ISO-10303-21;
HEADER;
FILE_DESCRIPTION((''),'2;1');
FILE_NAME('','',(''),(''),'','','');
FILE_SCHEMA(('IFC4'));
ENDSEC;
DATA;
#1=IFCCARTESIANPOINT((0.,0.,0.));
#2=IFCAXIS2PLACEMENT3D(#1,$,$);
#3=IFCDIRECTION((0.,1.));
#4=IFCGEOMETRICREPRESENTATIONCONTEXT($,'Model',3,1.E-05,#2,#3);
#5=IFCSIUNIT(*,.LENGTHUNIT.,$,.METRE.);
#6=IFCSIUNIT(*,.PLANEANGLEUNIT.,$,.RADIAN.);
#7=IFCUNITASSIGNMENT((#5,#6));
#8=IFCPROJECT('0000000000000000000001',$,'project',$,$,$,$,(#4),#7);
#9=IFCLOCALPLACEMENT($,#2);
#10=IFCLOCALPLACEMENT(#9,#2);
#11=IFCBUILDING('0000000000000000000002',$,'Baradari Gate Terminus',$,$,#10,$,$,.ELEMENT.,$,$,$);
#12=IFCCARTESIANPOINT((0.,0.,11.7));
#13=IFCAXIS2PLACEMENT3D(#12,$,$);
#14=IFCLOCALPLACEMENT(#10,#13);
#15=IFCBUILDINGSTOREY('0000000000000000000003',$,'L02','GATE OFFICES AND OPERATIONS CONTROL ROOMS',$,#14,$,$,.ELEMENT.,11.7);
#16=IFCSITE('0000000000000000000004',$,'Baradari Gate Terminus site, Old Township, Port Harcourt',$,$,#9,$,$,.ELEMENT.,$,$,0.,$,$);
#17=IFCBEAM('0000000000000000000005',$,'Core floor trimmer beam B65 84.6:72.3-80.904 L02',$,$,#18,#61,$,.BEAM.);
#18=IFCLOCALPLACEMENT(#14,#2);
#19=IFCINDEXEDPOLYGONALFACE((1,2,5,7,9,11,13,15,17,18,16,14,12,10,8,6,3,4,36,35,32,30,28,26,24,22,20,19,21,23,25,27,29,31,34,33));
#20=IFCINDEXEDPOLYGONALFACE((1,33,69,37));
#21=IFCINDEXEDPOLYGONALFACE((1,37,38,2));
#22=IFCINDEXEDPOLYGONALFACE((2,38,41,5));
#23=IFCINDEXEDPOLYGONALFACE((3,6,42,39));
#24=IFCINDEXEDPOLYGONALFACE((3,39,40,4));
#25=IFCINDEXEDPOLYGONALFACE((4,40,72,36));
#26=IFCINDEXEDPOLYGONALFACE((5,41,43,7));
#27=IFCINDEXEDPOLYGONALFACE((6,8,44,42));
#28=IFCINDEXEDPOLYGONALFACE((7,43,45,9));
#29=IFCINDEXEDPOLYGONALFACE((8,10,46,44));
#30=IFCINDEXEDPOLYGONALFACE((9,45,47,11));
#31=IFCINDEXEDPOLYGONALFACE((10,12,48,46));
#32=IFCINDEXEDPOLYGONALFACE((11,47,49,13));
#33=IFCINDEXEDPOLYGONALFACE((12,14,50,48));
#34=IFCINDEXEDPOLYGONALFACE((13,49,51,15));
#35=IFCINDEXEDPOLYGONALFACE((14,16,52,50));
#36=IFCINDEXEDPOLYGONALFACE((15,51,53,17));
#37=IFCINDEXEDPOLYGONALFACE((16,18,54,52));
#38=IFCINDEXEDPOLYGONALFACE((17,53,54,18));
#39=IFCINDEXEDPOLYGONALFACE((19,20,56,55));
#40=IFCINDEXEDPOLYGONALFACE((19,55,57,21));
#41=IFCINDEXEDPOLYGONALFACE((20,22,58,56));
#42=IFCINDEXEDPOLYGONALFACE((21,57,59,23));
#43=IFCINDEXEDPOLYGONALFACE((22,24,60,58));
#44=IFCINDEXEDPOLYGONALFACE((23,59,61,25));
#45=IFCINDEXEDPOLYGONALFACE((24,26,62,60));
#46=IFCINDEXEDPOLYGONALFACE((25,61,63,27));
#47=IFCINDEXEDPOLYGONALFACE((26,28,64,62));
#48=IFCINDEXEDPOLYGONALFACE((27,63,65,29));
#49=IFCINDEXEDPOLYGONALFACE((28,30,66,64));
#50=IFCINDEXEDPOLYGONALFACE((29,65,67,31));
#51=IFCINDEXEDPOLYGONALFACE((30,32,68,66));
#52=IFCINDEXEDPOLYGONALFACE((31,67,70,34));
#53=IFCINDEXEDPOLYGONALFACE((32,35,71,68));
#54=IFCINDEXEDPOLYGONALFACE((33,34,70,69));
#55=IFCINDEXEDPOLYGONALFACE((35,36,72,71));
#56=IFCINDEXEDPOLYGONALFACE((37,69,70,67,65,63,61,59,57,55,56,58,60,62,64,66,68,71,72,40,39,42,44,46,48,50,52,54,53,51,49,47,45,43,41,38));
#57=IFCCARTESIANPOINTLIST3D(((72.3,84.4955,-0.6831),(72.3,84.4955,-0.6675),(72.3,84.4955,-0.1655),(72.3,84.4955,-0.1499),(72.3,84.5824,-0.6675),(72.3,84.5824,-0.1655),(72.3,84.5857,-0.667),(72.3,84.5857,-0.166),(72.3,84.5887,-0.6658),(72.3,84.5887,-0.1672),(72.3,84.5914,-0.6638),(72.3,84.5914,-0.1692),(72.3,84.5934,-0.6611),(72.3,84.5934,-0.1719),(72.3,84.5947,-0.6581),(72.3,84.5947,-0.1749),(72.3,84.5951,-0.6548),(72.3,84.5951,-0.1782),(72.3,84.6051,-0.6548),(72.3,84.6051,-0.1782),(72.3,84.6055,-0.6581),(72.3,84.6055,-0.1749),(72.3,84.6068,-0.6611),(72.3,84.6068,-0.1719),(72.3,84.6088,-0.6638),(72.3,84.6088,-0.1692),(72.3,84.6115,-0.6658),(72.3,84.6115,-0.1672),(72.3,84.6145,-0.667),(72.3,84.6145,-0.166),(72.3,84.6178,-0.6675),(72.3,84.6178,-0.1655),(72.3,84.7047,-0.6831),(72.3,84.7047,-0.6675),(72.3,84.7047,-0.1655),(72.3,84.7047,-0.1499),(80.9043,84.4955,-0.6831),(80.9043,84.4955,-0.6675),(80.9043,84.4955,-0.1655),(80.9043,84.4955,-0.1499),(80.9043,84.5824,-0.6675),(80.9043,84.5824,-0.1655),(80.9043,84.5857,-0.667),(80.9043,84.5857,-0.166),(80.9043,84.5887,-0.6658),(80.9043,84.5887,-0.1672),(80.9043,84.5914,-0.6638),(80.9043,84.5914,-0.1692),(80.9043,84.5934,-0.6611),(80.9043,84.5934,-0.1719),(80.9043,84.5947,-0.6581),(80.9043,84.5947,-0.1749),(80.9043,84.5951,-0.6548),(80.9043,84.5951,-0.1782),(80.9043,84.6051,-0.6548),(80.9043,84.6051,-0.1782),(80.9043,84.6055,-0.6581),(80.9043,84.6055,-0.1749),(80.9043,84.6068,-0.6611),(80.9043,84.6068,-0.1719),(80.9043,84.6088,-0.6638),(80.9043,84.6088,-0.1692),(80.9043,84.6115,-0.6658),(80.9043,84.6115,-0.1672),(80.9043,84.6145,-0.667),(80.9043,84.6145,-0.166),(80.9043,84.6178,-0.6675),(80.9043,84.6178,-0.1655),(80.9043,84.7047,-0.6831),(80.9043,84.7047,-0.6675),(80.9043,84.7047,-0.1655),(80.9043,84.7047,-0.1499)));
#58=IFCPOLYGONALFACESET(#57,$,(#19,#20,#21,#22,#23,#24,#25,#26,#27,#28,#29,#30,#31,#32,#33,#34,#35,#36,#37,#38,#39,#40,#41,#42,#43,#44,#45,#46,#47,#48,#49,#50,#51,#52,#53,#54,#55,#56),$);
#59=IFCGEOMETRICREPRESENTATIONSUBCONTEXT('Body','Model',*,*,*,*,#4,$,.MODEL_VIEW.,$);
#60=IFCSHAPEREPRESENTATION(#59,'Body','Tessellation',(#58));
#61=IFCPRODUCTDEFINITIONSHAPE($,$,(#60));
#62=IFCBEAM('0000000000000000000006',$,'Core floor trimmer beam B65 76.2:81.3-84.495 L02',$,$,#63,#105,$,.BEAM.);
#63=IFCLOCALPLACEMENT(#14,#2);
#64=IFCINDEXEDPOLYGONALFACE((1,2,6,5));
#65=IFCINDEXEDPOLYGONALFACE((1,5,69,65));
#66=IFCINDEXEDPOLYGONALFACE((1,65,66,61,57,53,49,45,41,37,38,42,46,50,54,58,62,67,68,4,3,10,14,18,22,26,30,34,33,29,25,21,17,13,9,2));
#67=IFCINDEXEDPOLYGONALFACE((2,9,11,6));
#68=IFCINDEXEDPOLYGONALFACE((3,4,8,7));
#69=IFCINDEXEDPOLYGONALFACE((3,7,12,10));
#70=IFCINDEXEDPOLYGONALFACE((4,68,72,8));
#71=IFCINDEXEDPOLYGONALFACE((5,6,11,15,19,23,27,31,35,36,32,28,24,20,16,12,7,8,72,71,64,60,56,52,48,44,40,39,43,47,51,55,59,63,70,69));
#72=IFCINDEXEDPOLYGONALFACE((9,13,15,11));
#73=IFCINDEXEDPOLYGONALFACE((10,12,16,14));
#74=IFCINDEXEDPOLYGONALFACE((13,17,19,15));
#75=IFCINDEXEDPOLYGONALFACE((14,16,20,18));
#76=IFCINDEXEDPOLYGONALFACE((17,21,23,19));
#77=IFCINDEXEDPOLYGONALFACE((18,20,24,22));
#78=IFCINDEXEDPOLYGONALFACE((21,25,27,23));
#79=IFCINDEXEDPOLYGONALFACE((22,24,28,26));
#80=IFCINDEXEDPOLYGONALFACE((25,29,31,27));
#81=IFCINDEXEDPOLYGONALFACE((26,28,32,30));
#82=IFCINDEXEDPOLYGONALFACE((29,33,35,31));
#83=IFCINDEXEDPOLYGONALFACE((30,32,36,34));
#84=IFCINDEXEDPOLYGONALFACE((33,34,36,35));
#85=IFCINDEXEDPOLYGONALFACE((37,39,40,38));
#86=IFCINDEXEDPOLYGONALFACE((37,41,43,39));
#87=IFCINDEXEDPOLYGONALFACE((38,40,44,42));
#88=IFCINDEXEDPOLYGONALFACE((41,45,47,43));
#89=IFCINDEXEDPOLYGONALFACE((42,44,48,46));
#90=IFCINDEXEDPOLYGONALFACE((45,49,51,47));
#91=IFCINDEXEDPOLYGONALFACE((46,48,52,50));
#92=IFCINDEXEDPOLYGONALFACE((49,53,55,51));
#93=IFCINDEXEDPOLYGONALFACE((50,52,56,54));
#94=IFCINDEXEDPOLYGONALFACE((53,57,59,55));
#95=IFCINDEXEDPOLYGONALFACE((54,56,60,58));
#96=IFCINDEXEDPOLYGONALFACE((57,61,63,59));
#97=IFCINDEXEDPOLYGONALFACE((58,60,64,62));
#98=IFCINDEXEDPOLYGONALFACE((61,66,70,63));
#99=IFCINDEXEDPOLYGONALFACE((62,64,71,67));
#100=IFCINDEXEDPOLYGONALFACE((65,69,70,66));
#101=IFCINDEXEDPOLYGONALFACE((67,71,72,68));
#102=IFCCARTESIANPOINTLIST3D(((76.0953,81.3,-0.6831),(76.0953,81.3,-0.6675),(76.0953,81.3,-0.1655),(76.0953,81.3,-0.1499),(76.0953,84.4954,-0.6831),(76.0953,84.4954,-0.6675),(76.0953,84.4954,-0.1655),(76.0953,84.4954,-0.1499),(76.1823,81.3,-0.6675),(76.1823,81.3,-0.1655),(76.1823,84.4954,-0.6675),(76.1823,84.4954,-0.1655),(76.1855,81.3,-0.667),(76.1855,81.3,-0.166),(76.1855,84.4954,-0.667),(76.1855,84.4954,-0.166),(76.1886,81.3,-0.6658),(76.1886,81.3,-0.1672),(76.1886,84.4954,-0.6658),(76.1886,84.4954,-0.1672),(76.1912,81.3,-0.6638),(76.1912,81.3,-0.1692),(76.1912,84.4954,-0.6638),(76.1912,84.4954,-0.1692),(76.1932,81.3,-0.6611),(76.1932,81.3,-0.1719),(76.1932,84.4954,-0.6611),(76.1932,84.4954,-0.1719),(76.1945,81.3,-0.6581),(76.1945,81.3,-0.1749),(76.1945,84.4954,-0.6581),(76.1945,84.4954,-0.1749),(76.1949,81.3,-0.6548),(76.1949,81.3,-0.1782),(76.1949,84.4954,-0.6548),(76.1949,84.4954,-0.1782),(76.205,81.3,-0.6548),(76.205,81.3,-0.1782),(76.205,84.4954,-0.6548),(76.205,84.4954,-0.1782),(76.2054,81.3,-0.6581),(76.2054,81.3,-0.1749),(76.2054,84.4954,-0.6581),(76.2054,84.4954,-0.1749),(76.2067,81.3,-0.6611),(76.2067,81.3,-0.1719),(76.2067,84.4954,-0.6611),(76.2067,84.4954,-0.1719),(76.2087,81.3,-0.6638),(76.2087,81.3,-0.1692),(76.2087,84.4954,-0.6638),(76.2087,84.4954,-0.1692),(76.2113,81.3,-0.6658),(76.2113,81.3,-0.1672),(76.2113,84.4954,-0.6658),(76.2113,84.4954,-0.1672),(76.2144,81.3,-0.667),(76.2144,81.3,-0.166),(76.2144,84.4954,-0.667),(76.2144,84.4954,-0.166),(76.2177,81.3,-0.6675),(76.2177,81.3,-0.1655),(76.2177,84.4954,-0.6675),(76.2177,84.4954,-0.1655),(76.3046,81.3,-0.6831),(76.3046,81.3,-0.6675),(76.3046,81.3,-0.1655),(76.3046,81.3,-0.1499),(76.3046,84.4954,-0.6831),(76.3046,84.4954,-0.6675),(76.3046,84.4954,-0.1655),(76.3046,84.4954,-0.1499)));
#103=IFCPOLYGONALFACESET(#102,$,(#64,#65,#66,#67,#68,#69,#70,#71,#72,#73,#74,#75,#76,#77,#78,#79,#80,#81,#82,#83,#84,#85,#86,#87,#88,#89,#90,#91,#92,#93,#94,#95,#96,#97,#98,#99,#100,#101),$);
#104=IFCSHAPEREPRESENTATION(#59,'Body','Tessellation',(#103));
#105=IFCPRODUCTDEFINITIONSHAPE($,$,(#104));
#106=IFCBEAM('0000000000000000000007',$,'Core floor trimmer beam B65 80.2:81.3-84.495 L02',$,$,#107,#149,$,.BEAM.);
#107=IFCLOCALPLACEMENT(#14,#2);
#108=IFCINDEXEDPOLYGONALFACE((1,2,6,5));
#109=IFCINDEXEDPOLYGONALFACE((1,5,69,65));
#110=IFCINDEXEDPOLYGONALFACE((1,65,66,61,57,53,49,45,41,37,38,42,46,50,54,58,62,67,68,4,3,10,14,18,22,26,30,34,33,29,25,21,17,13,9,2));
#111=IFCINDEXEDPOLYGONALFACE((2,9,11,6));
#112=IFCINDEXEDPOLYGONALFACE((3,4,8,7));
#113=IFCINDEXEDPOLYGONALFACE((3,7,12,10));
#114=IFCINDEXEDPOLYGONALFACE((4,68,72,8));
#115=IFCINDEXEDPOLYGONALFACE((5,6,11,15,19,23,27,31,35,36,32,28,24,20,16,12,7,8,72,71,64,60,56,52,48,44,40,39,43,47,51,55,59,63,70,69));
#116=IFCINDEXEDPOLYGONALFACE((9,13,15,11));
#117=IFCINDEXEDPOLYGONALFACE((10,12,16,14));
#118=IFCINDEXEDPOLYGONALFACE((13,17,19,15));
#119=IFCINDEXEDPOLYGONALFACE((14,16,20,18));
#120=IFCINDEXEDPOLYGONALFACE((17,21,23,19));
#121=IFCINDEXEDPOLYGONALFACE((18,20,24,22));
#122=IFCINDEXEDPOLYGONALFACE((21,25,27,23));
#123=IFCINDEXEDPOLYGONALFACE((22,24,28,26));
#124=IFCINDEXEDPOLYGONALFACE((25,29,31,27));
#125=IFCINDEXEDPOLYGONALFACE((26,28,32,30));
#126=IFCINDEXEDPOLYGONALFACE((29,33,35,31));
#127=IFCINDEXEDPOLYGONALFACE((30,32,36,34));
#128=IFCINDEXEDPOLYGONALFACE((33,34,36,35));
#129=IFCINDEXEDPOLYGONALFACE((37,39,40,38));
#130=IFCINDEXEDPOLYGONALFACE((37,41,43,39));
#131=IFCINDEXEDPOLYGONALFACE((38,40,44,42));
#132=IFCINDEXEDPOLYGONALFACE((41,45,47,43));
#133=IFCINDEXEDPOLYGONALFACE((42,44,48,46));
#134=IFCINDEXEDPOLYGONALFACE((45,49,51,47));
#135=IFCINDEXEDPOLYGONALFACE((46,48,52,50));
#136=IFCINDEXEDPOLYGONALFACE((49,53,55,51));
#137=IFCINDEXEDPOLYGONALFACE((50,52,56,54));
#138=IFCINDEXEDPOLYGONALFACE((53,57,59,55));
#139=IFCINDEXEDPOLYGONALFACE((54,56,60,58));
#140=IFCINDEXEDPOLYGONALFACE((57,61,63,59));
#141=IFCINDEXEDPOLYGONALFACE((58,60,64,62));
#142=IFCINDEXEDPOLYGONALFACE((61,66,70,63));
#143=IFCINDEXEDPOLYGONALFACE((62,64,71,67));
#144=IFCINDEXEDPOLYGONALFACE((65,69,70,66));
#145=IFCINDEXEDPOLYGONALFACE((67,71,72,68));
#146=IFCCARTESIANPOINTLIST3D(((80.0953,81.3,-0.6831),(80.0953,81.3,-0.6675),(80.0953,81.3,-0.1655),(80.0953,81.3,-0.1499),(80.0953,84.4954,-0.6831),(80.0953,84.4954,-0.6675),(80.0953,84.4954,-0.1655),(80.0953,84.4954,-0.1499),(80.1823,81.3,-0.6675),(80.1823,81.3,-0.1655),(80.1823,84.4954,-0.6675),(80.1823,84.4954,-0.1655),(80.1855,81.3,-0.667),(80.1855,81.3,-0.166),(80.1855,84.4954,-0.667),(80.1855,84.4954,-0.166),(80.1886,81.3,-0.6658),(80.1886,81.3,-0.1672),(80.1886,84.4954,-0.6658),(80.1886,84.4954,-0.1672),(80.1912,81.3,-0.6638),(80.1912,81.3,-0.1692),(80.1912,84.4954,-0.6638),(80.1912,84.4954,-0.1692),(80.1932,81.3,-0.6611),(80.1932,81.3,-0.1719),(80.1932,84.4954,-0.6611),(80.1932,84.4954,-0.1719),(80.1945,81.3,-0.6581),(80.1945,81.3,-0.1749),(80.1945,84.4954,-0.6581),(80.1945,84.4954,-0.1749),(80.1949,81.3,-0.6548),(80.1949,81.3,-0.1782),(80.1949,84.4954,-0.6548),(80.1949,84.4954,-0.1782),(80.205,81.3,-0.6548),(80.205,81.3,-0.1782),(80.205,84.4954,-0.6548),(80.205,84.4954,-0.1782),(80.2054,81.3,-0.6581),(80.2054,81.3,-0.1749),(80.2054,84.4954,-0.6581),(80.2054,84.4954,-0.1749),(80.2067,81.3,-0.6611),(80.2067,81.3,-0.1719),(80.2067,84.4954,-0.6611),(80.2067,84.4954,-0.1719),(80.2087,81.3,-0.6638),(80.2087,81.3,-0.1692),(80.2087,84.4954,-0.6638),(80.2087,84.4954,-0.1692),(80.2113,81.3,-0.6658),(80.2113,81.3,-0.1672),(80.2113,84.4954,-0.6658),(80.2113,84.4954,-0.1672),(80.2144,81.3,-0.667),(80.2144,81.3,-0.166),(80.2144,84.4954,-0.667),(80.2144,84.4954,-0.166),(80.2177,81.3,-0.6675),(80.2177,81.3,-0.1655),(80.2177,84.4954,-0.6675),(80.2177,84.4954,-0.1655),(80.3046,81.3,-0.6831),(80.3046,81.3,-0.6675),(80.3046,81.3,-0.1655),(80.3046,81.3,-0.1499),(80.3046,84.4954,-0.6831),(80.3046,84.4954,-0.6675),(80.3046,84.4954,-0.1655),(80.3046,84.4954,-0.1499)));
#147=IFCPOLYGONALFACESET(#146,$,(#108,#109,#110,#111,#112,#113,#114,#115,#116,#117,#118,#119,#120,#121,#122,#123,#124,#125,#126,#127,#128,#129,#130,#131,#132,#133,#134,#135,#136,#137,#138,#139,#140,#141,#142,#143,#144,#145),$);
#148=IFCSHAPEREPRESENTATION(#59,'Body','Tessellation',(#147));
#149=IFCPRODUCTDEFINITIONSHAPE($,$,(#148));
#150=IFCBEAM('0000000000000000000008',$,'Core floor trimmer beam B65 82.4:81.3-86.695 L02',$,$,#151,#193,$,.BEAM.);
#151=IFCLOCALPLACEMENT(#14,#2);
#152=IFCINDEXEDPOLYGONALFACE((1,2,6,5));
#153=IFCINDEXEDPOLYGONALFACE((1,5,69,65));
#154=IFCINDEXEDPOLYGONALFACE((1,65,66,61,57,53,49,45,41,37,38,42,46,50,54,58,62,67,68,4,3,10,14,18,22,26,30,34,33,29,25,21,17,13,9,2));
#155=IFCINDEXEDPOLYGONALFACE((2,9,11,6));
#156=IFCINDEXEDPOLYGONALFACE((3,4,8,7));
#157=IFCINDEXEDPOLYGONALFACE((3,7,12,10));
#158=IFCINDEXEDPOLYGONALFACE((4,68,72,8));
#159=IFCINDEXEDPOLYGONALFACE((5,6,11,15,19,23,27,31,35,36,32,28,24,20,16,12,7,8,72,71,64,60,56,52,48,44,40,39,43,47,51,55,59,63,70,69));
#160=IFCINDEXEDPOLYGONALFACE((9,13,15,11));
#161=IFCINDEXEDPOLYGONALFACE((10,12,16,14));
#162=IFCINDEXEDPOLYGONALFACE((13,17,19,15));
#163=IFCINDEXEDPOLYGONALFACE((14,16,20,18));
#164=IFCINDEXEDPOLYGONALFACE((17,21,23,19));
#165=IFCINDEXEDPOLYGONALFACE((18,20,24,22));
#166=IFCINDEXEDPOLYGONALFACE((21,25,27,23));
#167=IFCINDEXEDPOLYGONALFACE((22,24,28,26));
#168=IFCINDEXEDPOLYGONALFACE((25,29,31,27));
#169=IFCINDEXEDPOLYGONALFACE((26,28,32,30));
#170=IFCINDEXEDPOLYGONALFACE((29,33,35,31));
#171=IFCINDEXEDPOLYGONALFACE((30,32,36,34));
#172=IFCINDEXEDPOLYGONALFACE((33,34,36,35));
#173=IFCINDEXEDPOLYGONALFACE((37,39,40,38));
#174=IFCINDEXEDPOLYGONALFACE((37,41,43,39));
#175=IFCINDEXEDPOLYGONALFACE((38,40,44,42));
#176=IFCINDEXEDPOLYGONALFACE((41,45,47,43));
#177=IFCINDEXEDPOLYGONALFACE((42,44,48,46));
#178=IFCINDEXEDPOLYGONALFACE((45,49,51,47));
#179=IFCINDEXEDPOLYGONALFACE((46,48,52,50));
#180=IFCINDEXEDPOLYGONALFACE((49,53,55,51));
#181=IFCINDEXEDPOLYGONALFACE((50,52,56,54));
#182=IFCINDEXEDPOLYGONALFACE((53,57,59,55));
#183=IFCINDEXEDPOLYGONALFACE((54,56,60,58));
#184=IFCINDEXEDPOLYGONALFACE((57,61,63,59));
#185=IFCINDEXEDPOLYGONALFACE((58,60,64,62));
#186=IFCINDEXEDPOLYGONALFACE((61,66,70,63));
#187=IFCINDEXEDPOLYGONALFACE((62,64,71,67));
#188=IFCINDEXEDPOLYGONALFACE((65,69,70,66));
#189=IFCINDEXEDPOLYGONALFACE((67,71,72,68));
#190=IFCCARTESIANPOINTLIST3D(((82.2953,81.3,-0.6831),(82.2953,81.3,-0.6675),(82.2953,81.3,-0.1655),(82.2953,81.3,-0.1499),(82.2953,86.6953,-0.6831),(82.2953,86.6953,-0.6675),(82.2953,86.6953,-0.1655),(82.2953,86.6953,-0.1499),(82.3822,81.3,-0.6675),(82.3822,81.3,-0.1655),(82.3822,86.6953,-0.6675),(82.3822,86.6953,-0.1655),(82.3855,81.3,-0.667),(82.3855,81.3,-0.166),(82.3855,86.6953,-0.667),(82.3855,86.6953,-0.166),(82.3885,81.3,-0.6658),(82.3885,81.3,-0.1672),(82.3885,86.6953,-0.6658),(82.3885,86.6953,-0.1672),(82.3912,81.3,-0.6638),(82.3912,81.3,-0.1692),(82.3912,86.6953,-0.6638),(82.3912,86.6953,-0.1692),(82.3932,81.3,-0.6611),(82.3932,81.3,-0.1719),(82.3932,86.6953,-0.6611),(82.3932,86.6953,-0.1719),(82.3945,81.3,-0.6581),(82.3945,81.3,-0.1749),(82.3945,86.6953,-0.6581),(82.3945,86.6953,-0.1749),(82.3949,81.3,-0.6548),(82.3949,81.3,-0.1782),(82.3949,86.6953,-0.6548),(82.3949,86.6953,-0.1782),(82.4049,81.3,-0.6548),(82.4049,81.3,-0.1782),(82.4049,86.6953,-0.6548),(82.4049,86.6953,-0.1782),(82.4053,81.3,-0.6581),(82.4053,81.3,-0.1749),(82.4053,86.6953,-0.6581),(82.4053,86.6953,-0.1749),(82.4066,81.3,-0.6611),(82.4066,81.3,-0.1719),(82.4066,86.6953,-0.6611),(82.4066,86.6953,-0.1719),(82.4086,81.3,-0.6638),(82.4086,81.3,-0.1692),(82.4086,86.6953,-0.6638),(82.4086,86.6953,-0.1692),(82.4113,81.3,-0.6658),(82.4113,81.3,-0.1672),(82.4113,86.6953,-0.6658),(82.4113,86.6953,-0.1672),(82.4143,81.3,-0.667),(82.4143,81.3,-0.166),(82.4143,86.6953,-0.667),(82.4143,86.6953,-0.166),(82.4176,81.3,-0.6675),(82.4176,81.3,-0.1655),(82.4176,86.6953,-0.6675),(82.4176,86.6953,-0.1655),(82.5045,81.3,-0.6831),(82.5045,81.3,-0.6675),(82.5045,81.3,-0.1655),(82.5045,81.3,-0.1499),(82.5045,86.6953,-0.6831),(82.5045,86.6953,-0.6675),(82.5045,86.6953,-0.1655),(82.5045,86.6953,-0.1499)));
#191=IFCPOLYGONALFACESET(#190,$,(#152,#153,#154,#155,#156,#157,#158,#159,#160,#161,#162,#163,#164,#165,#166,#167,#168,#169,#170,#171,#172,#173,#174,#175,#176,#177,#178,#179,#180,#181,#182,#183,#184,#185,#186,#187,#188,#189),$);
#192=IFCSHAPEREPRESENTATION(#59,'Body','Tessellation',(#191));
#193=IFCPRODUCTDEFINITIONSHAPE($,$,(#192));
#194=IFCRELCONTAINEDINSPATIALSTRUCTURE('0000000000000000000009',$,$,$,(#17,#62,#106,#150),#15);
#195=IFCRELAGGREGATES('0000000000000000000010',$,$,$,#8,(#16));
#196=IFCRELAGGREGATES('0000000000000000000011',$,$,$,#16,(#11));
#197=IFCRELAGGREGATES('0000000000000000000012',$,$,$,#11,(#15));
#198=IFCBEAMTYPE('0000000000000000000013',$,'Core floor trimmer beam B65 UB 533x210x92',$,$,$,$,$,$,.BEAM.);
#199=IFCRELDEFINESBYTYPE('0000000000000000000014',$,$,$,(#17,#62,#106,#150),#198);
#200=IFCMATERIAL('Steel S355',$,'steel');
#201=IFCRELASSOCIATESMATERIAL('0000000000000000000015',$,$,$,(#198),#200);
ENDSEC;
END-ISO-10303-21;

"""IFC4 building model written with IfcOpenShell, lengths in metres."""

from ifc_helpers import new_model, si_unit, direction, frame, origin, origin_2d, place, context, subcontext, project, spatial, i_section, extrude, material, material_profile, profile_set, type_object, element, save


model = new_model("IFC4")

# Units and contexts
model_context = context("Model", 3, precision=1e-05, world=origin(), true_north=direction((0.0, 1.0)))
body_context = subcontext(model_context, "Body", "Model", "MODEL_VIEW")
ifc_project = project(units=[si_unit("LENGTHUNIT", "METRE"), si_unit("PLANEANGLEUNIT", "RADIAN")], contexts=[model_context])

# Site, building, storey
site_placement = place(None, origin())
site = spatial("IfcSite", under=ifc_project, at=site_placement, Name="Baradari Gate Terminus site, Old Township, Port Harcourt", CompositionType="ELEMENT", RefElevation=0.0)
building_placement = place(site_placement, origin())
building = spatial("IfcBuilding", under=site, at=building_placement, Name="Baradari Gate Terminus", CompositionType="ELEMENT")
storey_placement = place(building_placement, frame((0.0, 0.0, 11.7)))
storey = spatial("IfcBuildingStorey", under=building, at=storey_placement, Name="L02", Description="GATE OFFICES AND OPERATIONS CONTROL ROOMS", CompositionType="ELEMENT", Elevation=11.7)

# Beams
ifc_material_1 = material(Name="Steel S355", Category="steel")
ifc_material_profile_1 = material_profile(ifc_material_1, i_section(OverallWidth=0.2092, OverallDepth=0.5332, WebThickness=0.01, FlangeThickness=0.0156, FilletRadius=0.0127, at=origin_2d()), Name="UB 533x210x92")
ifc_profile_set_1 = profile_set([ifc_material_profile_1], Name="Steel S355")
beam_type_1 = type_object("IfcBeamType", Name="Core floor trimmer beam B65 UB 533x210x92", PredefinedType="BEAM", material=ifc_profile_set_1)
beam_1_placement = place(storey_placement, frame((72.3, 84.6001, -0.4165), z_axis=(1.0, 0.0, 0.0), x_axis=(0.0, 1.0, 0.0)))
element("IfcBeam", 1, at=beam_1_placement, inside=storey, type_object=beam_type_1, Name="Core floor trimmer beam B65 84.6:72.3-80.904 L02", PredefinedType="BEAM", context=body_context, shape_type="SweptSolid", body=[
    extrude(i_section(OverallWidth=0.2092, OverallDepth=0.5332, WebThickness=0.01, FlangeThickness=0.0156, FilletRadius=0.0127, at=origin_2d()), origin(), (0.0, 0.0, 1.0), 8.6042),
])
for number, where, z_axis, x_axis, name in (
    (2, (76.2, 81.3, -0.4165), (0.0, 1.0, 0.0), (-1.0, 0.0, 0.0), "Core floor trimmer beam B65 76.2:81.3-84.495 L02"),
    (3, (80.2, 81.3, -0.4165), (0.0, 1.0, 0.0), (-1.0, 0.0, 0.0), "Core floor trimmer beam B65 80.2:81.3-84.495 L02"),
):
    element("IfcBeam", number, at=place(storey_placement, frame(where, z_axis=z_axis, x_axis=x_axis)), inside=storey, type_object=beam_type_1, Name=name, PredefinedType="BEAM", context=body_context, shape_type="SweptSolid", body=[
        extrude(i_section(OverallWidth=0.2092, OverallDepth=0.5332, WebThickness=0.01, FlangeThickness=0.0156, FilletRadius=0.0127, at=origin_2d()), origin(), (0.0, 0.0, 1.0), 3.1953),
    ])
beam_2_placement = place(storey_placement, frame((82.3999, 81.3, -0.4165), z_axis=(0.0, 1.0, 0.0), x_axis=(-1.0, 0.0, 0.0)))
element("IfcBeam", 4, at=beam_2_placement, inside=storey, type_object=beam_type_1, Name="Core floor trimmer beam B65 82.4:81.3-86.695 L02", PredefinedType="BEAM", context=body_context, shape_type="SweptSolid", body=[
    extrude(i_section(OverallWidth=0.2092, OverallDepth=0.5332, WebThickness=0.01, FlangeThickness=0.0156, FilletRadius=0.0127, at=origin_2d()), origin(), (0.0, 0.0, 1.0), 5.3953),
])

save(model, "model.ifc")
